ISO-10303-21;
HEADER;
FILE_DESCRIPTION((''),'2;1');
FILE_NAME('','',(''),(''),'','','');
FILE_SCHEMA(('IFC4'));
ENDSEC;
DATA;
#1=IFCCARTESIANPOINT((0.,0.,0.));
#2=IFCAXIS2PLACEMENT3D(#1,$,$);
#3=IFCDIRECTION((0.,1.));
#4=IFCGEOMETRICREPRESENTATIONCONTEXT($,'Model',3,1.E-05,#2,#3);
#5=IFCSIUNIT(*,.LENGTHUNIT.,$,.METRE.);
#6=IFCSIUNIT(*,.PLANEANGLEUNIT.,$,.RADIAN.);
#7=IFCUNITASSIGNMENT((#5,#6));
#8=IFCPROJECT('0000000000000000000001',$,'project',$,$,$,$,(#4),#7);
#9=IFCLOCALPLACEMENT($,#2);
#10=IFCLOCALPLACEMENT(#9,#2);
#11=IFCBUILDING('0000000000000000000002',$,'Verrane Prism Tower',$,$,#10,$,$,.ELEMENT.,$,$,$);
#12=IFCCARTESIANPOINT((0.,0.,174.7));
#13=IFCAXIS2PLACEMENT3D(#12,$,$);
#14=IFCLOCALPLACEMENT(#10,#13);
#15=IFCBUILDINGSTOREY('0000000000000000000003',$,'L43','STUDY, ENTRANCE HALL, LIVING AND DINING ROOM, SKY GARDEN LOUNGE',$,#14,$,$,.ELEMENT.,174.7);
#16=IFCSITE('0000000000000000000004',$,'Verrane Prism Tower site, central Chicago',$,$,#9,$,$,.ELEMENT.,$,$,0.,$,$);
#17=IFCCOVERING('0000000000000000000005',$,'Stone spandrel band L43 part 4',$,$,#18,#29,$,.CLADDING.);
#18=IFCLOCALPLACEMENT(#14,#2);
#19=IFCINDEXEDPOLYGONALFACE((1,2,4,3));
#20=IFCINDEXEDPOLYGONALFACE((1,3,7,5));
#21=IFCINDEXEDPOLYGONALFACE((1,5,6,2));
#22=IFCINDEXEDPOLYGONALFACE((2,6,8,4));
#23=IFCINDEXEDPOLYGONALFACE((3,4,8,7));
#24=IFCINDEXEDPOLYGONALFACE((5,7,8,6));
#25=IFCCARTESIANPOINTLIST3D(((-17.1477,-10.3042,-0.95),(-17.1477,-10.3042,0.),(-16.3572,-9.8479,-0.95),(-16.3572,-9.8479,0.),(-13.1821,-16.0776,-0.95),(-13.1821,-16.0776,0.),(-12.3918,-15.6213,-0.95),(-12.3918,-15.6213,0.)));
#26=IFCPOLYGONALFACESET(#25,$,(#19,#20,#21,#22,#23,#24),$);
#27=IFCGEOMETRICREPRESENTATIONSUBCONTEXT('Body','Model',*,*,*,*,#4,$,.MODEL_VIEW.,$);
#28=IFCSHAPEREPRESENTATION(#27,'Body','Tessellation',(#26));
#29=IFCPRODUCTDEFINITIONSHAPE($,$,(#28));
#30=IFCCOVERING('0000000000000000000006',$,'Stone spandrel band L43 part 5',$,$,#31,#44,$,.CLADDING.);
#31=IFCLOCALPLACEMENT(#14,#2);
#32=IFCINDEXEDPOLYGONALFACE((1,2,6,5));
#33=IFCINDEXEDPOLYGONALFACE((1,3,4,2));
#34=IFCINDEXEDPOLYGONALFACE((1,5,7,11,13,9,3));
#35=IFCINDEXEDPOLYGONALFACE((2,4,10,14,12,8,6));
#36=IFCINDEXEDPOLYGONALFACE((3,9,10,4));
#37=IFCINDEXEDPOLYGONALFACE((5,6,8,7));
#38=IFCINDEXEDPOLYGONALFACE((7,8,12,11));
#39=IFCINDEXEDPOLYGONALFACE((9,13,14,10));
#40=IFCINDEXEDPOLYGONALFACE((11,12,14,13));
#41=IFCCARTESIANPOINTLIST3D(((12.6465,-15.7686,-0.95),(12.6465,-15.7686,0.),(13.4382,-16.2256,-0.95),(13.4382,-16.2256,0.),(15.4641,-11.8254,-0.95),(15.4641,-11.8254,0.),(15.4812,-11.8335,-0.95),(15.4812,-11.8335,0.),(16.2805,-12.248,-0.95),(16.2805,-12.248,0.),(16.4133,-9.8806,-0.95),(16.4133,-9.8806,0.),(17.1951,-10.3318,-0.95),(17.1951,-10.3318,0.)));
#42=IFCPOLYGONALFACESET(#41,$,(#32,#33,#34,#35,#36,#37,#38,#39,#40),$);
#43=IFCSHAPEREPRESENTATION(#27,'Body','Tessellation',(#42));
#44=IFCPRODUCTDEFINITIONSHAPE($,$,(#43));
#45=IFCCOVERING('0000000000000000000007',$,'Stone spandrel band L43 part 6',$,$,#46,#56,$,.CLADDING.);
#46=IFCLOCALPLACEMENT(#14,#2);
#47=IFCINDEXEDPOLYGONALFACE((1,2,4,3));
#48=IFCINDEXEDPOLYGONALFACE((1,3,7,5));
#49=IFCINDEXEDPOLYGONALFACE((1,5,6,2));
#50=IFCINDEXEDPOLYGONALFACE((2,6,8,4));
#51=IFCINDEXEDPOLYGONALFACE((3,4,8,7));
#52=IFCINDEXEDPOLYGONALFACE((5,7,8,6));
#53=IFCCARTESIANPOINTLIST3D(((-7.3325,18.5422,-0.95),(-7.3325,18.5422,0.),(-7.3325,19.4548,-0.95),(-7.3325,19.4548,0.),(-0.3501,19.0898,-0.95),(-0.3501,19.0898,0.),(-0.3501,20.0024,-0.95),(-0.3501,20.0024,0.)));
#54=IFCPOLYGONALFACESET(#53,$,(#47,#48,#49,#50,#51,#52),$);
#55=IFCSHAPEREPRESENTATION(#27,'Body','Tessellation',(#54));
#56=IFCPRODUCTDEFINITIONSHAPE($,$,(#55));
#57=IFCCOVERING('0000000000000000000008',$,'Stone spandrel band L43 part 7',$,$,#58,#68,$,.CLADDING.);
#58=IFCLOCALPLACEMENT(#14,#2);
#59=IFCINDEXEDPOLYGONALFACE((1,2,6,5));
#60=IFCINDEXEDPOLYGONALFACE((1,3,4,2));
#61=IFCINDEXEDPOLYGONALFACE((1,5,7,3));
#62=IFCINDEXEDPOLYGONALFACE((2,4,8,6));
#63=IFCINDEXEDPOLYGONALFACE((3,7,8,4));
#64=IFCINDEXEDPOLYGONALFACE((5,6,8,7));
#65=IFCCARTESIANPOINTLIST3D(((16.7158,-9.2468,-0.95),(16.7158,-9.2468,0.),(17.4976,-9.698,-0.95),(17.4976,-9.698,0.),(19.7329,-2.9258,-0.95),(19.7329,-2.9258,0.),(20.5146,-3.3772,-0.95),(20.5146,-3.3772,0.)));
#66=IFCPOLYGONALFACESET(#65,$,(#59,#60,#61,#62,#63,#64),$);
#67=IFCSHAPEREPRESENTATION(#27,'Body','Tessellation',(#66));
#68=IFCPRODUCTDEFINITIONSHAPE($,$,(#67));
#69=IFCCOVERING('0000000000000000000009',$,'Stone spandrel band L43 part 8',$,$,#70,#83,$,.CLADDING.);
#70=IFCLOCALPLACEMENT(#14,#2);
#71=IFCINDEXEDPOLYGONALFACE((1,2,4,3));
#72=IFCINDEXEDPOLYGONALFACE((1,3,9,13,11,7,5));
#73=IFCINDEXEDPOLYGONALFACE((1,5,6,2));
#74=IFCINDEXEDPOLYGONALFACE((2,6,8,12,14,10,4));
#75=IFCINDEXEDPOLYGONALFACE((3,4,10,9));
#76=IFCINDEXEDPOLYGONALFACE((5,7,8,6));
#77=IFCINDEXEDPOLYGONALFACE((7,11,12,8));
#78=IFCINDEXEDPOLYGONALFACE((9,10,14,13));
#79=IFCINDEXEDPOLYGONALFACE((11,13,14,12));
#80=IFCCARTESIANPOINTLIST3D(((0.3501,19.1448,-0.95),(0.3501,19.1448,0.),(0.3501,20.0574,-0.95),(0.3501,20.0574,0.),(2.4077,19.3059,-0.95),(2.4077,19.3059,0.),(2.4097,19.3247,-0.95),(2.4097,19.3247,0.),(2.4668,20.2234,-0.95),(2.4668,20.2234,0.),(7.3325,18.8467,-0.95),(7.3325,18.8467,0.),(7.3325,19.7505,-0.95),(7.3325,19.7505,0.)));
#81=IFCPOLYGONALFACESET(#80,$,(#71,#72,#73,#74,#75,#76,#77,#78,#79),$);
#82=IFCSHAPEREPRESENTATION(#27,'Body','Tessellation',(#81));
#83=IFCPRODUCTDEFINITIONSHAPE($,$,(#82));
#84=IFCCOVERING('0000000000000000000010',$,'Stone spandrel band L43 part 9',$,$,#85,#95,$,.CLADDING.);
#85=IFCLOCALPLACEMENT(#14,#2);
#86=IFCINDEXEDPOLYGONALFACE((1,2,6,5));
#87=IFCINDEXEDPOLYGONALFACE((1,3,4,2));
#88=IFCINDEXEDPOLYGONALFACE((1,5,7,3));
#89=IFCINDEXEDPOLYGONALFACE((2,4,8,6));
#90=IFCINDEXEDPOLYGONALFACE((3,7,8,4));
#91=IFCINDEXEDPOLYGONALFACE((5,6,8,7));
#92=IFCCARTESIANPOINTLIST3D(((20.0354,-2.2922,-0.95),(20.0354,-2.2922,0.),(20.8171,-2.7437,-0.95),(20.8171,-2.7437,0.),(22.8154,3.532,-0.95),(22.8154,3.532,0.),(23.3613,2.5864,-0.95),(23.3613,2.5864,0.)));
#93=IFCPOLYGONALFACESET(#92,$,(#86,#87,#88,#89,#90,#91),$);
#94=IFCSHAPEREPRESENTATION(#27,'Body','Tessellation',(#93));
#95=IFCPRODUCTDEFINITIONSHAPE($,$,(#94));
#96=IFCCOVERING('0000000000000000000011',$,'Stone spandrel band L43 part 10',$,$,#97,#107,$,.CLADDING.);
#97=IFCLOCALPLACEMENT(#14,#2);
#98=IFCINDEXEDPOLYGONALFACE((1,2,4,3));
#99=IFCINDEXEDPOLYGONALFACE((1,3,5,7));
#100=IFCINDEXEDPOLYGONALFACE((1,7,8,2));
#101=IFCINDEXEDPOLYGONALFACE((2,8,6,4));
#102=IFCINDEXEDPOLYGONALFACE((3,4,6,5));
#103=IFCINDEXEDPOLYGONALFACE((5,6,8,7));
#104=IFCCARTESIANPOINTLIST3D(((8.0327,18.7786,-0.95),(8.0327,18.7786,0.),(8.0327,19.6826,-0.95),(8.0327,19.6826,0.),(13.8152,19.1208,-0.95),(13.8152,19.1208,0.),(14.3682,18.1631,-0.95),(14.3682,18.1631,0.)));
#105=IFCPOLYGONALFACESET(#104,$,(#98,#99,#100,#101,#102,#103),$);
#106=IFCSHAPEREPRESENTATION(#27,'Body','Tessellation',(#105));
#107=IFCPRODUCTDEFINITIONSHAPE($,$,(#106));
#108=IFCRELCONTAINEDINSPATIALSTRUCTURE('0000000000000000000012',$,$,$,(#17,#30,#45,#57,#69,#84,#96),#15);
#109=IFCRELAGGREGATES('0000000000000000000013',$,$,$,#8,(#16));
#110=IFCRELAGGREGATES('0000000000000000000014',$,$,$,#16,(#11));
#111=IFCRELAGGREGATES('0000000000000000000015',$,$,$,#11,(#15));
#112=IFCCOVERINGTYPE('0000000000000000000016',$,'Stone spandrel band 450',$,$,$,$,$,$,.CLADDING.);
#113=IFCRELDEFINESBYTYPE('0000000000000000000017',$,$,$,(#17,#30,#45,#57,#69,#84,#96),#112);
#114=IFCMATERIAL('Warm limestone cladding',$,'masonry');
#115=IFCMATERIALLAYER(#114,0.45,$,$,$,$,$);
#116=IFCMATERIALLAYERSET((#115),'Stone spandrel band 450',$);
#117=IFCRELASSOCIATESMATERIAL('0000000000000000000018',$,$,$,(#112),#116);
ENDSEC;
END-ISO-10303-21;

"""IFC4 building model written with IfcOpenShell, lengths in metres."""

from ifc_helpers import new_model, si_unit, direction, frame, origin, place, context, subcontext, project, spatial, polyline, outline, extrude, material, layer, layer_set, type_object, element, save


model = new_model("IFC4")

# Units and contexts
model_context = context("Model", 3, precision=1e-05, world=origin(), true_north=direction((0.0, 1.0)))
body_context = subcontext(model_context, "Body", "Model", "MODEL_VIEW")
ifc_project = project(units=[si_unit("LENGTHUNIT", "METRE"), si_unit("PLANEANGLEUNIT", "RADIAN")], contexts=[model_context])

# Site, building, storey
site_placement = place(None, origin())
site = spatial("IfcSite", under=ifc_project, at=site_placement, Name="Verrane Prism Tower site, central Chicago", CompositionType="ELEMENT", RefElevation=0.0)
building_placement = place(site_placement, origin())
building = spatial("IfcBuilding", under=site, at=building_placement, Name="Verrane Prism Tower", CompositionType="ELEMENT")
storey_placement = place(building_placement, frame((0.0, 0.0, 174.7)))
storey = spatial("IfcBuildingStorey", under=building, at=storey_placement, Name="L43", Description="STUDY, ENTRANCE HALL, LIVING AND DINING ROOM, SKY GARDEN LOUNGE", CompositionType="ELEMENT", Elevation=174.7)

# Coverings
ifc_material_1 = material(Name="Warm limestone cladding", Category="masonry")
ifc_layer_1 = layer(ifc_material_1, 0.45)
ifc_layer_set_1 = layer_set([ifc_layer_1], Name="Stone spandrel band 450")
covering_type = type_object("IfcCoveringType", Name="Stone spandrel band 450", PredefinedType="CLADDING", material=ifc_layer_set_1)
covering_1_placement = place(storey_placement, frame((0.0, 0.0, -0.95)))
element("IfcCovering", 1, at=covering_1_placement, inside=storey, type_object=covering_type, Name="Stone spandrel band L43 part 4", PredefinedType="CLADDING", context=body_context, shape_type="SweptSolid", body=[
    extrude(outline(polyline([(-12.3918, -15.6213), (-16.3572, -9.8479), (-17.1477, -10.3042), (-13.1821, -16.0776), (-12.3918, -15.6213)])), origin(), (0.0, 0.0, 1.0), 0.95),
])
covering_2_placement = place(storey_placement, frame((0.0, 0.0, -0.95)))
element("IfcCovering", 2, at=covering_2_placement, inside=storey, type_object=covering_type, Name="Stone spandrel band L43 part 5", PredefinedType="CLADDING", context=body_context, shape_type="SweptSolid", body=[
    extrude(outline(polyline([(12.6465, -15.7686), (13.4382, -16.2256), (16.2805, -12.248), (17.1951, -10.3318), (16.4133, -9.8806), (15.4812, -11.8335), (15.4641, -11.8254), (12.6465, -15.7686)])), origin(), (0.0, 0.0, 1.0), 0.95),
])
covering_3_placement = place(storey_placement, frame((0.0, 0.0, -0.95)))
element("IfcCovering", 3, at=covering_3_placement, inside=storey, type_object=covering_type, Name="Stone spandrel band L43 part 6", PredefinedType="CLADDING", context=body_context, shape_type="SweptSolid", body=[
    extrude(outline(polyline([(-7.3325, 18.5422), (-0.3501, 19.0898), (-0.3501, 20.0024), (-7.3325, 19.4548), (-7.3325, 18.5422)])), origin(), (0.0, 0.0, 1.0), 0.95),
])
covering_4_placement = place(storey_placement, frame((0.0, 0.0, -0.95)))
element("IfcCovering", 4, at=covering_4_placement, inside=storey, type_object=covering_type, Name="Stone spandrel band L43 part 7", PredefinedType="CLADDING", context=body_context, shape_type="SweptSolid", body=[
    extrude(outline(polyline([(16.7158, -9.2468), (17.4976, -9.698), (20.5146, -3.3772), (19.7329, -2.9258), (16.7158, -9.2468)])), origin(), (0.0, 0.0, 1.0), 0.95),
])
covering_5_placement = place(storey_placement, frame((0.0, 0.0, -0.95)))
element("IfcCovering", 5, at=covering_5_placement, inside=storey, type_object=covering_type, Name="Stone spandrel band L43 part 8", PredefinedType="CLADDING", context=body_context, shape_type="SweptSolid", body=[
    extrude(outline(polyline([(0.3501, 20.0574), (0.3501, 19.1448), (2.4077, 19.3059), (2.4097, 19.3247), (7.3325, 18.8467), (7.3325, 19.7505), (2.4668, 20.2234), (0.3501, 20.0574)])), origin(), (0.0, 0.0, 1.0), 0.95),
])
covering_6_placement = place(storey_placement, frame((0.0, 0.0, -0.95)))
element("IfcCovering", 6, at=covering_6_placement, inside=storey, type_object=covering_type, Name="Stone spandrel band L43 part 9", PredefinedType="CLADDING", context=body_context, shape_type="SweptSolid", body=[
    extrude(outline(polyline([(20.0354, -2.2922), (20.8171, -2.7437), (23.3613, 2.5864), (22.8154, 3.532), (20.0354, -2.2922)])), origin(), (0.0, 0.0, 1.0), 0.95),
])
covering_7_placement = place(storey_placement, frame((0.0, 0.0, -0.95)))
element("IfcCovering", 7, at=covering_7_placement, inside=storey, type_object=covering_type, Name="Stone spandrel band L43 part 10", PredefinedType="CLADDING", context=body_context, shape_type="SweptSolid", body=[
    extrude(outline(polyline([(8.0327, 19.6826), (8.0327, 18.7786), (14.3682, 18.1631), (13.8152, 19.1208), (8.0327, 19.6826)])), origin(), (0.0, 0.0, 1.0), 0.95),
])

save(model, "model.ifc")
